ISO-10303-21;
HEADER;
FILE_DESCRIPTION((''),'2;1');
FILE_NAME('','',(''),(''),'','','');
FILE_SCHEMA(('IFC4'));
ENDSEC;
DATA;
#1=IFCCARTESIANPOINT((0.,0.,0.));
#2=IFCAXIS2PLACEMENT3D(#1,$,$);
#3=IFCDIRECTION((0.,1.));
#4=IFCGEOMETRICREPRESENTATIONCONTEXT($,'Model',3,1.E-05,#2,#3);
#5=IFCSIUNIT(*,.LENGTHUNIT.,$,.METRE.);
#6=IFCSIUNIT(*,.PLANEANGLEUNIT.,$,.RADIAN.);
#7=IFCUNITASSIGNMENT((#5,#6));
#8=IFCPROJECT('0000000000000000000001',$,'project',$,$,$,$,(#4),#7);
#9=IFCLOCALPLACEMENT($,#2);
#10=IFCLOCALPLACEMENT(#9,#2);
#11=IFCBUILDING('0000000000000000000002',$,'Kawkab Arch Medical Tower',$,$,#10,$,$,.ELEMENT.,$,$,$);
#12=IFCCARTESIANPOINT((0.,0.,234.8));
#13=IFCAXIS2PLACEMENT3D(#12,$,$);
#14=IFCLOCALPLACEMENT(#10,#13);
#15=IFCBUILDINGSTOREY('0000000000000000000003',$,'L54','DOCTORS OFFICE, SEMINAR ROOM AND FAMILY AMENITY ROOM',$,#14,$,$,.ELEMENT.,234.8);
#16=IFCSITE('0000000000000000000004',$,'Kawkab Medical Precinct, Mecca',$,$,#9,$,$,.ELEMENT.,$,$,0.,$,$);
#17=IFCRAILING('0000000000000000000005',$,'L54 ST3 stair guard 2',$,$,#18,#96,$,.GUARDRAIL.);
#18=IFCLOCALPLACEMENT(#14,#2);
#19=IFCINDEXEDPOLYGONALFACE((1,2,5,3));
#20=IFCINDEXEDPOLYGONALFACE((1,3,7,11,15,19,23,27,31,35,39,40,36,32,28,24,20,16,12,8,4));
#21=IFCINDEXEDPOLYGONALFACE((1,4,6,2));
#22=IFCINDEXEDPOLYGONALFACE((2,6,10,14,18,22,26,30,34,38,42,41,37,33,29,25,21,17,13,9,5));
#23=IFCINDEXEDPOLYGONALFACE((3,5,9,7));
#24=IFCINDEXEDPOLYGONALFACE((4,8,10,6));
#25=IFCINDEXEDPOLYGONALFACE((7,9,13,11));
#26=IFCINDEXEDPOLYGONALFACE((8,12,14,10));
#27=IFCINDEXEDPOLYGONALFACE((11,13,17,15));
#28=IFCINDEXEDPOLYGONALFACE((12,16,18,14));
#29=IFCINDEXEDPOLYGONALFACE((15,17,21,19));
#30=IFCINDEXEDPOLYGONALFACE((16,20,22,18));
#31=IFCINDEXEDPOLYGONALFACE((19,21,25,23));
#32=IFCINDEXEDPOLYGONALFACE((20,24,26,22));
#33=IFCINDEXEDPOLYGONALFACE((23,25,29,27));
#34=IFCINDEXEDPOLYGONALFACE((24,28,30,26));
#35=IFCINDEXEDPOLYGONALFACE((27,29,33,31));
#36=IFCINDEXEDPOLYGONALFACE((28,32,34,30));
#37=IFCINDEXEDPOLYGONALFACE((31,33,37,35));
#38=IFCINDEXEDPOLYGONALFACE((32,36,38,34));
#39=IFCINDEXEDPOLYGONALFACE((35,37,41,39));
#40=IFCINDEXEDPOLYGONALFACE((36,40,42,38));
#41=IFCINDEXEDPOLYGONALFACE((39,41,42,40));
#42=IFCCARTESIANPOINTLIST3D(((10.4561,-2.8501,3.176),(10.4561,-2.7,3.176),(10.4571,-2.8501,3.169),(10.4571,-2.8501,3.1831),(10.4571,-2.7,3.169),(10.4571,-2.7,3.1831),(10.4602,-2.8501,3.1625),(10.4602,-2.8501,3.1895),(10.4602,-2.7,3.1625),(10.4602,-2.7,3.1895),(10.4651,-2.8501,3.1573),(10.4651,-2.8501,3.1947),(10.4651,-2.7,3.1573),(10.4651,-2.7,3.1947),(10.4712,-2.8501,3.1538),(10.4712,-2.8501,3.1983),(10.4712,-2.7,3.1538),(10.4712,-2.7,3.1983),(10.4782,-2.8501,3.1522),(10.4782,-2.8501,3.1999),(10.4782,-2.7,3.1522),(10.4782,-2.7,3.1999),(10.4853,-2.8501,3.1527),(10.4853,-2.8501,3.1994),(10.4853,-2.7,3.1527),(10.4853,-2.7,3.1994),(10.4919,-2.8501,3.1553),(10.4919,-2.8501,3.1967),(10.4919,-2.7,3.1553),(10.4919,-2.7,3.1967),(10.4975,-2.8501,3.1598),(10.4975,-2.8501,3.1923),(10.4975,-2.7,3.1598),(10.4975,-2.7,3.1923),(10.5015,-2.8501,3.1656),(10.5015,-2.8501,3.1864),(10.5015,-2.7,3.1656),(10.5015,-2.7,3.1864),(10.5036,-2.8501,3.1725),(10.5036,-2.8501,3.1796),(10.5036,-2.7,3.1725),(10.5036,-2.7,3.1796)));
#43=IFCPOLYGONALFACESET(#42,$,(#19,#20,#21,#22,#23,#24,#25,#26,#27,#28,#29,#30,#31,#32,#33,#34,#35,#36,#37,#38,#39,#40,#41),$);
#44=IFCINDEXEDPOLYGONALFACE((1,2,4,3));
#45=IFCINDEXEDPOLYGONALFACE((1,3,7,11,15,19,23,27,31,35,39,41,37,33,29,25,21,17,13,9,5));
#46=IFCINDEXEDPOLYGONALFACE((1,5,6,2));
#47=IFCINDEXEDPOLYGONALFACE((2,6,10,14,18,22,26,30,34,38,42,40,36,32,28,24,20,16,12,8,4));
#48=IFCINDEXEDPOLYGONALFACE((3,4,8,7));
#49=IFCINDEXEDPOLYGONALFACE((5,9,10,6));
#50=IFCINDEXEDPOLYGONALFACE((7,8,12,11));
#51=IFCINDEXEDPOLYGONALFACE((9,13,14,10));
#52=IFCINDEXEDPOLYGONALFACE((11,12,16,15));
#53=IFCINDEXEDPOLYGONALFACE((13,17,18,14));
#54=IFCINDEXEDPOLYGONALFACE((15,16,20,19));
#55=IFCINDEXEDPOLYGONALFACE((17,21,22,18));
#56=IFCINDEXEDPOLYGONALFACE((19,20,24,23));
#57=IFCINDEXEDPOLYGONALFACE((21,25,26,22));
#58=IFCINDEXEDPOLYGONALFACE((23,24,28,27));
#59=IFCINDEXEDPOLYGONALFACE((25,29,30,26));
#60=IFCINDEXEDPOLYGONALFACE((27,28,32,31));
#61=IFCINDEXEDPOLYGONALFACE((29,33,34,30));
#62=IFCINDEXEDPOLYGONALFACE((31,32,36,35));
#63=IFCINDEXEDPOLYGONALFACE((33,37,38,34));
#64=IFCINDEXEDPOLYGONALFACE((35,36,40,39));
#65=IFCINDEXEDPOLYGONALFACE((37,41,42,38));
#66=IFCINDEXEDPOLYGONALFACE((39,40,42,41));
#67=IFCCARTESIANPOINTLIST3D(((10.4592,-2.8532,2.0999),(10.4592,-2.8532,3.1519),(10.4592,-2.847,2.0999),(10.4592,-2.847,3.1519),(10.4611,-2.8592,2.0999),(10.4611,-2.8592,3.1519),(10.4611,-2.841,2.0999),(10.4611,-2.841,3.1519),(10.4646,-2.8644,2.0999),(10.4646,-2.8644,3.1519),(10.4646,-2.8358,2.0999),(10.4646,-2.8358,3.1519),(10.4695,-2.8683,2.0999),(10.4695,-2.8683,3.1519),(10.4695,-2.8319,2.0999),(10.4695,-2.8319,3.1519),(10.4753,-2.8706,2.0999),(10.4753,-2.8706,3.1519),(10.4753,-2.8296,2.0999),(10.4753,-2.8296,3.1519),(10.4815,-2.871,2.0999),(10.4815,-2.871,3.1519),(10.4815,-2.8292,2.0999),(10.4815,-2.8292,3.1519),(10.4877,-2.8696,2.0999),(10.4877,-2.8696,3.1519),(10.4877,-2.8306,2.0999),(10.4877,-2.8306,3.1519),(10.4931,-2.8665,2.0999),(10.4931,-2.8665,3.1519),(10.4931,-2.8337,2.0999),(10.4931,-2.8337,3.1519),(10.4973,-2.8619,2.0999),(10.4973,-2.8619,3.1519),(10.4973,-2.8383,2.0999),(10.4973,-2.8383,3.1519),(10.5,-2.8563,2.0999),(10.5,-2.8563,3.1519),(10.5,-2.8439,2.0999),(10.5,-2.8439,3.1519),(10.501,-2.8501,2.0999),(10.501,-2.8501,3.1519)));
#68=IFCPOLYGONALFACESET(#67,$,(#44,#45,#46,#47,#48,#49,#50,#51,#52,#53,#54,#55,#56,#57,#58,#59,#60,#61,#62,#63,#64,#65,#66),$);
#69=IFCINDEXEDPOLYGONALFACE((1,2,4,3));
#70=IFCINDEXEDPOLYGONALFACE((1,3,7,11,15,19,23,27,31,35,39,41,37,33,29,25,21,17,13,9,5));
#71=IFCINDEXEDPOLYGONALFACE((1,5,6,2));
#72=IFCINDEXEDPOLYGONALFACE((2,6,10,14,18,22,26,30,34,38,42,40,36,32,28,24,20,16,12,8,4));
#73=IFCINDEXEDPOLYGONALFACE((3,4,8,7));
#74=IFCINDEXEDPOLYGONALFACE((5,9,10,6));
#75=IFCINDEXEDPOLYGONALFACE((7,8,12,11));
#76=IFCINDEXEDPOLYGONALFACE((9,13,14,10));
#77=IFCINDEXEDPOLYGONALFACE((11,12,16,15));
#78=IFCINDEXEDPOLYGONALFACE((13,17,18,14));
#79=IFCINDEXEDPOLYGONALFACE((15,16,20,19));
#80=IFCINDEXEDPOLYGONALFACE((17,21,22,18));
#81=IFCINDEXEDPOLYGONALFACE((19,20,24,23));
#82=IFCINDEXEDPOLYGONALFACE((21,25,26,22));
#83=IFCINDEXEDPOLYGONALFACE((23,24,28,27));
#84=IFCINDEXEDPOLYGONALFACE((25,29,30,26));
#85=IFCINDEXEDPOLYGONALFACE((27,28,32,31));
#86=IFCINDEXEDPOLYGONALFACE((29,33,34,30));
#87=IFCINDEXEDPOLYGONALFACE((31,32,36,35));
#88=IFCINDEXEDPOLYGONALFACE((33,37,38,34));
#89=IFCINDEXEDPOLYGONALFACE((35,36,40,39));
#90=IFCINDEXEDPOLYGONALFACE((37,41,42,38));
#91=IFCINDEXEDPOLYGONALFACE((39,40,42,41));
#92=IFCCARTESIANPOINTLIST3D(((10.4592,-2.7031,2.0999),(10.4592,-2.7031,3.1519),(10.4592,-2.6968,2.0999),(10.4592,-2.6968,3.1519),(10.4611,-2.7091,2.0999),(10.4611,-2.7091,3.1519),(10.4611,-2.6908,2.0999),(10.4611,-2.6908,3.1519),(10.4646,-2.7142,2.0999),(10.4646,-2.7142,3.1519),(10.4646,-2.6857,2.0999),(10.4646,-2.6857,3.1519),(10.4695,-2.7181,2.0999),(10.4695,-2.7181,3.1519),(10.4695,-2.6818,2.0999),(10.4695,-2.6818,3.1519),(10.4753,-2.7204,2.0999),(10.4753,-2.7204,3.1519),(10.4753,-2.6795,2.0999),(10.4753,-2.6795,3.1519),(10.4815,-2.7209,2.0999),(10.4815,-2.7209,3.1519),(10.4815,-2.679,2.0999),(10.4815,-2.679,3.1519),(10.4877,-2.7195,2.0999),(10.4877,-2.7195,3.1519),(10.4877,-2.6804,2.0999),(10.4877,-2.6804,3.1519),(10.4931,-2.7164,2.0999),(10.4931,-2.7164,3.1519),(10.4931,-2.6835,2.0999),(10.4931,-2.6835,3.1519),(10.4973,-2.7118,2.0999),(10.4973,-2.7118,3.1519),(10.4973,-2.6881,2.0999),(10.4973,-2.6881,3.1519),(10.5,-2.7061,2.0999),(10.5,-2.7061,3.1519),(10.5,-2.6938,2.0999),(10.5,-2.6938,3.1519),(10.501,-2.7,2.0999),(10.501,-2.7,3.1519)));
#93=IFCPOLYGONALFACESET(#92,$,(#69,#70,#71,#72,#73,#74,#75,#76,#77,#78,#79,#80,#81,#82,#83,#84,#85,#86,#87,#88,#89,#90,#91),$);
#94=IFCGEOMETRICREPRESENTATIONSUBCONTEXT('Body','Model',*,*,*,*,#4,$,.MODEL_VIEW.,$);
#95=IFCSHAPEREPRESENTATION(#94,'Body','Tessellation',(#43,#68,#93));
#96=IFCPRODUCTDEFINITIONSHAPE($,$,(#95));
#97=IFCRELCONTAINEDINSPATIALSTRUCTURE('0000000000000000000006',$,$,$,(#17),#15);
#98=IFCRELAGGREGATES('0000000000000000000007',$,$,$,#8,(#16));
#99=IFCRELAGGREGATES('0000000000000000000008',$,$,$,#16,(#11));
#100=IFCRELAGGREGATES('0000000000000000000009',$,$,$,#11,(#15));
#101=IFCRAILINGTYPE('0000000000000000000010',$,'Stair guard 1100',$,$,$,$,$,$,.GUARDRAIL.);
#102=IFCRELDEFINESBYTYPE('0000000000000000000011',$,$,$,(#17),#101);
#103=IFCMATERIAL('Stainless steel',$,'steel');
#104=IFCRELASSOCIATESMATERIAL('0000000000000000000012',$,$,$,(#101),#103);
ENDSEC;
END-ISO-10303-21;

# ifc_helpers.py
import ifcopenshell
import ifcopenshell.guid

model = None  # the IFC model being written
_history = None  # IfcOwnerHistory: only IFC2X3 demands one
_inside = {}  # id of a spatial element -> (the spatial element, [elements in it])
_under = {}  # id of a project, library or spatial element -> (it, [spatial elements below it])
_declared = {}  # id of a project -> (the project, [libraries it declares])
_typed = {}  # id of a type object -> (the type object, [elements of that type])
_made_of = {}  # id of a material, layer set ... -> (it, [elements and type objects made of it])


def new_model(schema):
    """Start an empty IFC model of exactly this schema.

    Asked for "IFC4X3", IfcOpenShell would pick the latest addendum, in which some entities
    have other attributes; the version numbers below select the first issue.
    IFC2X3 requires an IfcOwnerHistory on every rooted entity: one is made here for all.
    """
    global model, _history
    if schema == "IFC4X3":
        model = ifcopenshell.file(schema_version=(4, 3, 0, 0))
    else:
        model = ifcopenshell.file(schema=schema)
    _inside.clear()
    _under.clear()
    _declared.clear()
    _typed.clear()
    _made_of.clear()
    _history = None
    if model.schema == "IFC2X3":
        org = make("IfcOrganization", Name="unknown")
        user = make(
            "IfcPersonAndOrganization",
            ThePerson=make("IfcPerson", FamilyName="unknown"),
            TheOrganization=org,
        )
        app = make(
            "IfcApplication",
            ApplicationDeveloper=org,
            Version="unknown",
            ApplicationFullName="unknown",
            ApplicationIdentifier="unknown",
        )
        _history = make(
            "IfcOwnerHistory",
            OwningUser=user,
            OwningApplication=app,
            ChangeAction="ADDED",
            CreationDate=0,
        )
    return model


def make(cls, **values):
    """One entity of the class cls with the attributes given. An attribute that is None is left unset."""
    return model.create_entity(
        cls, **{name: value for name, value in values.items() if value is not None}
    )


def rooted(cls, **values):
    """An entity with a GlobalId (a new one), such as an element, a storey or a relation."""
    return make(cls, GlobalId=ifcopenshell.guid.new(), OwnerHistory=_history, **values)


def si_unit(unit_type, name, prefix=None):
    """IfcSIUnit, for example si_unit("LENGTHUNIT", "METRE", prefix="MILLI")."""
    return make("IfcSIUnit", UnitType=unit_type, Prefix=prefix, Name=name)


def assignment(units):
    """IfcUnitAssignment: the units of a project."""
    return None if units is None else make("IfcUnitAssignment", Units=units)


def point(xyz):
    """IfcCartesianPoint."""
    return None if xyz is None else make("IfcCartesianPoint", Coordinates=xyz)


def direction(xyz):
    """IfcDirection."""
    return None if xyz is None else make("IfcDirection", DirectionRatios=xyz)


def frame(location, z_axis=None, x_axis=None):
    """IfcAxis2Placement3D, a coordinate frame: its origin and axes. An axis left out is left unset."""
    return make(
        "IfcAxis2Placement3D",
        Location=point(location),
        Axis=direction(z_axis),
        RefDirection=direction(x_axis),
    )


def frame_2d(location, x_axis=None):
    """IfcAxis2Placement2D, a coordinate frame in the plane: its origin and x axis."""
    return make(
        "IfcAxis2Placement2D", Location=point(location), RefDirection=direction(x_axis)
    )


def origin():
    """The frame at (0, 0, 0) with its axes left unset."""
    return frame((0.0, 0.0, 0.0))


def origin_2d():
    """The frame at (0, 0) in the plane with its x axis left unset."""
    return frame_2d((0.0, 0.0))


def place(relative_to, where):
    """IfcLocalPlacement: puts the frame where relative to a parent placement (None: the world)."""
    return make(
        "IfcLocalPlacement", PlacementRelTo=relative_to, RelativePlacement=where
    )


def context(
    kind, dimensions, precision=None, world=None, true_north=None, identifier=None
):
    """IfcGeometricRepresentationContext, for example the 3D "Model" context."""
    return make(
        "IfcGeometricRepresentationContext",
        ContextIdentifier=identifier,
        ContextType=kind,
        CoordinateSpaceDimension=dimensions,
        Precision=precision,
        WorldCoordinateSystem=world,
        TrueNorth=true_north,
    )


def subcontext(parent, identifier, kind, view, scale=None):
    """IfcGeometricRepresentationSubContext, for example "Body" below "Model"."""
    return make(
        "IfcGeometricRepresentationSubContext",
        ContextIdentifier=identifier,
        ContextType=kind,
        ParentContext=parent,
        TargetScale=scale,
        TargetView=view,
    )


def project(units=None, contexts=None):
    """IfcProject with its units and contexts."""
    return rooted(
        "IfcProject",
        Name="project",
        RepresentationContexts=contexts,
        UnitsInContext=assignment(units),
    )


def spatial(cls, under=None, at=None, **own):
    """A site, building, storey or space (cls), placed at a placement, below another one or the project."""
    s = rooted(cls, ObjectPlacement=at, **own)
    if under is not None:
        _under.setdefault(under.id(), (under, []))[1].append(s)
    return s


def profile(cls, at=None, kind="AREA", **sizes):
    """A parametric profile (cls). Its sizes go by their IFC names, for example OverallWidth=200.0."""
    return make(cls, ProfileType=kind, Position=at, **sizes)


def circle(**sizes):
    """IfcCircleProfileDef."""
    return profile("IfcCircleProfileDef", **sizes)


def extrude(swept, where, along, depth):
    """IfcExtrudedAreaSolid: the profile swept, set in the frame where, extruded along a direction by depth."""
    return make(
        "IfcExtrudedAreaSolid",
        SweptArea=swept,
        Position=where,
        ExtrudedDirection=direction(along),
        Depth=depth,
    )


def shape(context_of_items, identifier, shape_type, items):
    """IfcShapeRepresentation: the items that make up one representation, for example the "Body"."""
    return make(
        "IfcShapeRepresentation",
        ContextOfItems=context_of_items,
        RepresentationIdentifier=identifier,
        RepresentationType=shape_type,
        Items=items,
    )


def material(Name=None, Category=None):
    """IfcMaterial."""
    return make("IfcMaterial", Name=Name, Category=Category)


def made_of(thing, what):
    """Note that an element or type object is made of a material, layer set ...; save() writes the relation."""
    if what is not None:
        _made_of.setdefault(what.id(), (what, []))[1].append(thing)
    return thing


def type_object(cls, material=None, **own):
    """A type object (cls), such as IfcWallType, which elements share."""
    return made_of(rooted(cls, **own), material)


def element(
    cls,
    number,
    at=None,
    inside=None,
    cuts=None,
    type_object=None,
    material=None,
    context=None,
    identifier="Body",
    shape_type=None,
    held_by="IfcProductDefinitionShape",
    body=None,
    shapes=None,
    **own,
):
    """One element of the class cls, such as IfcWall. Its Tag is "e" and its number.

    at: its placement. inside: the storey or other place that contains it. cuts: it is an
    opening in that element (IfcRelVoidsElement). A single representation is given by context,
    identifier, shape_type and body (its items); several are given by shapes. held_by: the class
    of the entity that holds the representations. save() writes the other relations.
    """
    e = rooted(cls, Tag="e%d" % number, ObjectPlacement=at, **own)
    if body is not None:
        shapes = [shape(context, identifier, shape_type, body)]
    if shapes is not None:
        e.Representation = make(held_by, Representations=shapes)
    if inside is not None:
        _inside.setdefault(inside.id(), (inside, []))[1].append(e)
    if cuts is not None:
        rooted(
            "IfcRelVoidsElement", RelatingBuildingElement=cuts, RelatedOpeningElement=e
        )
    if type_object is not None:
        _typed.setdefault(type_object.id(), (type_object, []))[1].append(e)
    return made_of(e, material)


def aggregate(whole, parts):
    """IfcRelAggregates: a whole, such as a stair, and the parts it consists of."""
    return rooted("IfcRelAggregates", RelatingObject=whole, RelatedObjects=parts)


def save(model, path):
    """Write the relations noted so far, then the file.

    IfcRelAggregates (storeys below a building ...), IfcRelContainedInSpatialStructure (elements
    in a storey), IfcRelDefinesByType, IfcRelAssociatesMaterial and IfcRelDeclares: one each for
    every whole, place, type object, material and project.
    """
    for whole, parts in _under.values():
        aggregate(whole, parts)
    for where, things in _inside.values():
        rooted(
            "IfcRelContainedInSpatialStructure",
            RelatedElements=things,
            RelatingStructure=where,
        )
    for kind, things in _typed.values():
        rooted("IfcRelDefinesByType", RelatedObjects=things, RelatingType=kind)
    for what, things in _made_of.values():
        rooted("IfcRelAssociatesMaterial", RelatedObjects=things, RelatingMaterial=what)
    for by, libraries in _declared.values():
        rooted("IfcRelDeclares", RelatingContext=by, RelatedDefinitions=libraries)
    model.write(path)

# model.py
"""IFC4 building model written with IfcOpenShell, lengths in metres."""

from ifc_helpers import new_model, si_unit, direction, frame, origin, origin_2d, place, context, subcontext, project, spatial, circle, extrude, material, type_object, element, save


model = new_model("IFC4")

# Units and contexts
model_context = context("Model", 3, precision=1e-05, world=origin(), true_north=direction((0.0, 1.0)))
body_context = subcontext(model_context, "Body", "Model", "MODEL_VIEW")
ifc_project = project(units=[si_unit("LENGTHUNIT", "METRE"), si_unit("PLANEANGLEUNIT", "RADIAN")], contexts=[model_context])

# Site, building, storey
site_placement = place(None, origin())
site = spatial("IfcSite", under=ifc_project, at=site_placement, Name="Kawkab Medical Precinct, Mecca", CompositionType="ELEMENT", RefElevation=0.0)
building_placement = place(site_placement, origin())
building = spatial("IfcBuilding", under=site, at=building_placement, Name="Kawkab Arch Medical Tower", CompositionType="ELEMENT")
storey_placement = place(building_placement, frame((0.0, 0.0, 234.8)))
storey = spatial("IfcBuildingStorey", under=building, at=storey_placement, Name="L54", Description="DOCTORS OFFICE, SEMINAR ROOM AND FAMILY AMENITY ROOM", CompositionType="ELEMENT", Elevation=234.8)

# Railing
ifc_material_1 = material(Name="Stainless steel", Category="steel")
railing_type_1 = type_object("IfcRailingType", Name="Stair guard 1100", PredefinedType="GUARDRAIL", material=ifc_material_1)
railing_1_placement = place(storey_placement, frame((10.48, -2.8501, 2.0999)))
element("IfcRailing", 1, at=railing_1_placement, inside=storey, type_object=railing_type_1, Name="L54 ST3 stair guard 2", PredefinedType="GUARDRAIL", context=body_context, shape_type="SweptSolid", body=[
    extrude(circle(Radius=0.0239, at=origin_2d()), frame((0.0, 0.0, 1.0762), z_axis=(0.0, 1.0, 0.0), x_axis=(-1.0, 0.0, 0.0)), (0.0, 0.0, 1.0), 0.1501),
    extrude(circle(Radius=0.021, at=origin_2d()), origin(), (0.0, 0.0, 1.0), 1.052),
    extrude(circle(Radius=0.021, at=origin_2d()), frame((0.0, 0.1501, 0.0)), (0.0, 0.0, 1.0), 1.052),
])

save(model, "model.ifc")
